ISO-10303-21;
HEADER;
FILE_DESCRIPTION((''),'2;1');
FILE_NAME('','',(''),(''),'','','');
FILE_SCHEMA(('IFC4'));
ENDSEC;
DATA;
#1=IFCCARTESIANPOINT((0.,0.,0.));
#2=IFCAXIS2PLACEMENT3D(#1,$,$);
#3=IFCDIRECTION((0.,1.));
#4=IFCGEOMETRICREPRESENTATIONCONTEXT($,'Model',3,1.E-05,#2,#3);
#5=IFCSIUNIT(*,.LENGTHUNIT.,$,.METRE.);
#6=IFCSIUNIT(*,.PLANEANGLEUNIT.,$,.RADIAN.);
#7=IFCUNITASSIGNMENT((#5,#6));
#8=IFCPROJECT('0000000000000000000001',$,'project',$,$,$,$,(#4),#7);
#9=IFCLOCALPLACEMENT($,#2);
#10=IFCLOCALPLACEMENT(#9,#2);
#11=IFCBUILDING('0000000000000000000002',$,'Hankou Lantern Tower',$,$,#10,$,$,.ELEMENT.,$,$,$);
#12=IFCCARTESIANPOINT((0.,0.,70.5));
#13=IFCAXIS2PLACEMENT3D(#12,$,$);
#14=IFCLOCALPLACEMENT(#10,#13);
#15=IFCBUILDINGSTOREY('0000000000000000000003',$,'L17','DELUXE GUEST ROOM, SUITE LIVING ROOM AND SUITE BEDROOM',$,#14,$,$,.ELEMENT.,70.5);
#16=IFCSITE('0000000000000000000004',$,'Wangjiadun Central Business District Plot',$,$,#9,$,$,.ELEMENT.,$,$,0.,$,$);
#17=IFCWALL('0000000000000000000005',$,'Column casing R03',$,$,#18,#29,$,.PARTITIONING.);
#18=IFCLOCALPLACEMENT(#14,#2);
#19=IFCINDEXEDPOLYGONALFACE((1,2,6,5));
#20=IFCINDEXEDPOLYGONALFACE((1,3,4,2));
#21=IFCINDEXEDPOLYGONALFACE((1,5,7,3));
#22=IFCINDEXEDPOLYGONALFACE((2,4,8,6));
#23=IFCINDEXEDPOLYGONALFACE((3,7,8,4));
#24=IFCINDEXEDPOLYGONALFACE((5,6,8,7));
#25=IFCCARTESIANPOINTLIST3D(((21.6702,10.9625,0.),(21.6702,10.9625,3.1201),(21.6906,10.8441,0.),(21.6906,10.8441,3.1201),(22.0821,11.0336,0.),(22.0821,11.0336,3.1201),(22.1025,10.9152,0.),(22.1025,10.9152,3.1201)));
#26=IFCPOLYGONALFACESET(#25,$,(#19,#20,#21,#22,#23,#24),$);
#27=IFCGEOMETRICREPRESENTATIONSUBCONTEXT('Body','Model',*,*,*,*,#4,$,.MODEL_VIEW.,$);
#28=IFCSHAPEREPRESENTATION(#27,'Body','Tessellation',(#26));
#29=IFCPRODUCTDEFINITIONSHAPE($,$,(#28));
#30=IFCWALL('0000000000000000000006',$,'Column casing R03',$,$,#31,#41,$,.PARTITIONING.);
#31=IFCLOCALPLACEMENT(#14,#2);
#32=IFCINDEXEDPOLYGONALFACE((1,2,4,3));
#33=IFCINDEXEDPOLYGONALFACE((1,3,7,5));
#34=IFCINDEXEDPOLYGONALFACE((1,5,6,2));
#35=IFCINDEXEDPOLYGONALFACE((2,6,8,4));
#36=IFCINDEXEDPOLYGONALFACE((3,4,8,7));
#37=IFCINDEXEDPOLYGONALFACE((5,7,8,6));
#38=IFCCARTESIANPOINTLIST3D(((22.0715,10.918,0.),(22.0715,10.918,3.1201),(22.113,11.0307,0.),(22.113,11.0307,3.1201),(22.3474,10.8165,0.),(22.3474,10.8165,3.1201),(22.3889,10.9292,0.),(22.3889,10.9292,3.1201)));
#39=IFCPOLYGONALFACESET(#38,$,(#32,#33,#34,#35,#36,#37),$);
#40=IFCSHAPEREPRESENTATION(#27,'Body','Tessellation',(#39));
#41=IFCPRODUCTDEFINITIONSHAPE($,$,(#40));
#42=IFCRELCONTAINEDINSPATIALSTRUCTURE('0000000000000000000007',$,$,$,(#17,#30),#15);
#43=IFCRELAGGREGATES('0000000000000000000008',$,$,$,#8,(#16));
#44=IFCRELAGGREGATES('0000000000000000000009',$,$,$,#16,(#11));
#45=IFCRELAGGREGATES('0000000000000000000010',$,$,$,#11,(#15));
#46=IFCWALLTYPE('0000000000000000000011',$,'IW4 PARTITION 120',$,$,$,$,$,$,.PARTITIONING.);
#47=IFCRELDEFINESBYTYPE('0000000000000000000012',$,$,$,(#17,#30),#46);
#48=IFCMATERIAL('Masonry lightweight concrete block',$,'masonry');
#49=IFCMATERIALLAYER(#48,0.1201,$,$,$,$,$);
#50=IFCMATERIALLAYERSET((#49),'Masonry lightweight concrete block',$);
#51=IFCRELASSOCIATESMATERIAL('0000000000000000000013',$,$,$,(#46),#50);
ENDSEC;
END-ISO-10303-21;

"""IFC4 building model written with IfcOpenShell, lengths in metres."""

from ifc_helpers import new_model, si_unit, direction, frame, frame_2d, origin, place, context, subcontext, project, spatial, rectangle, extrude, material, layer, layer_set, type_object, element, save


model = new_model("IFC4")

# Units and contexts
model_context = context("Model", 3, precision=1e-05, world=origin(), true_north=direction((0.0, 1.0)))
body_context = subcontext(model_context, "Body", "Model", "MODEL_VIEW")
ifc_project = project(units=[si_unit("LENGTHUNIT", "METRE"), si_unit("PLANEANGLEUNIT", "RADIAN")], contexts=[model_context])

# Site, building, storey
site_placement = place(None, origin())
site = spatial("IfcSite", under=ifc_project, at=site_placement, Name="Wangjiadun Central Business District Plot", CompositionType="ELEMENT", RefElevation=0.0)
building_placement = place(site_placement, origin())
building = spatial("IfcBuilding", under=site, at=building_placement, Name="Hankou Lantern Tower", CompositionType="ELEMENT")
storey_placement = place(building_placement, frame((0.0, 0.0, 70.5)))
storey = spatial("IfcBuildingStorey", under=building, at=storey_placement, Name="L17", Description="DELUXE GUEST ROOM, SUITE LIVING ROOM AND SUITE BEDROOM", CompositionType="ELEMENT", Elevation=70.5)

# Walls
ifc_material_1 = material(Name="Masonry lightweight concrete block", Category="masonry")
ifc_layer_1 = layer(ifc_material_1, 0.1201)
ifc_layer_set_1 = layer_set([ifc_layer_1], Name="Masonry lightweight concrete block")
wall_type_1 = type_object("IfcWallType", Name="IW4 PARTITION 120", PredefinedType="PARTITIONING", material=ifc_layer_set_1)
wall_1_placement = place(storey_placement, frame((21.6804, 10.9033, 0.0), z_axis=(0.0, 0.0, 1.0), x_axis=(0.985447, 0.169985, 0.0)))
element("IfcWall", 1, at=wall_1_placement, inside=storey, type_object=wall_type_1, Name="Column casing R03", PredefinedType="PARTITIONING", context=body_context, shape_type="SweptSolid", body=[
    extrude(rectangle(XDim=0.418, YDim=0.1201, at=frame_2d((0.209, 0.0))), origin(), (0.0, 0.0, 1.0), 3.1201),
])
wall_2_placement = place(storey_placement, frame((22.0923, 10.9744, 0.0), z_axis=(0.0, 0.0, 1.0), x_axis=(0.938428, -0.345474, 0.0)))
element("IfcWall", 2, at=wall_2_placement, inside=storey, type_object=wall_type_1, Name="Column casing R03", PredefinedType="PARTITIONING", context=body_context, shape_type="SweptSolid", body=[
    extrude(rectangle(XDim=0.2939, YDim=0.1201, at=frame_2d((0.147, 0.0))), origin(), (0.0, 0.0, 1.0), 3.1201),
])

save(model, "model.ifc")
